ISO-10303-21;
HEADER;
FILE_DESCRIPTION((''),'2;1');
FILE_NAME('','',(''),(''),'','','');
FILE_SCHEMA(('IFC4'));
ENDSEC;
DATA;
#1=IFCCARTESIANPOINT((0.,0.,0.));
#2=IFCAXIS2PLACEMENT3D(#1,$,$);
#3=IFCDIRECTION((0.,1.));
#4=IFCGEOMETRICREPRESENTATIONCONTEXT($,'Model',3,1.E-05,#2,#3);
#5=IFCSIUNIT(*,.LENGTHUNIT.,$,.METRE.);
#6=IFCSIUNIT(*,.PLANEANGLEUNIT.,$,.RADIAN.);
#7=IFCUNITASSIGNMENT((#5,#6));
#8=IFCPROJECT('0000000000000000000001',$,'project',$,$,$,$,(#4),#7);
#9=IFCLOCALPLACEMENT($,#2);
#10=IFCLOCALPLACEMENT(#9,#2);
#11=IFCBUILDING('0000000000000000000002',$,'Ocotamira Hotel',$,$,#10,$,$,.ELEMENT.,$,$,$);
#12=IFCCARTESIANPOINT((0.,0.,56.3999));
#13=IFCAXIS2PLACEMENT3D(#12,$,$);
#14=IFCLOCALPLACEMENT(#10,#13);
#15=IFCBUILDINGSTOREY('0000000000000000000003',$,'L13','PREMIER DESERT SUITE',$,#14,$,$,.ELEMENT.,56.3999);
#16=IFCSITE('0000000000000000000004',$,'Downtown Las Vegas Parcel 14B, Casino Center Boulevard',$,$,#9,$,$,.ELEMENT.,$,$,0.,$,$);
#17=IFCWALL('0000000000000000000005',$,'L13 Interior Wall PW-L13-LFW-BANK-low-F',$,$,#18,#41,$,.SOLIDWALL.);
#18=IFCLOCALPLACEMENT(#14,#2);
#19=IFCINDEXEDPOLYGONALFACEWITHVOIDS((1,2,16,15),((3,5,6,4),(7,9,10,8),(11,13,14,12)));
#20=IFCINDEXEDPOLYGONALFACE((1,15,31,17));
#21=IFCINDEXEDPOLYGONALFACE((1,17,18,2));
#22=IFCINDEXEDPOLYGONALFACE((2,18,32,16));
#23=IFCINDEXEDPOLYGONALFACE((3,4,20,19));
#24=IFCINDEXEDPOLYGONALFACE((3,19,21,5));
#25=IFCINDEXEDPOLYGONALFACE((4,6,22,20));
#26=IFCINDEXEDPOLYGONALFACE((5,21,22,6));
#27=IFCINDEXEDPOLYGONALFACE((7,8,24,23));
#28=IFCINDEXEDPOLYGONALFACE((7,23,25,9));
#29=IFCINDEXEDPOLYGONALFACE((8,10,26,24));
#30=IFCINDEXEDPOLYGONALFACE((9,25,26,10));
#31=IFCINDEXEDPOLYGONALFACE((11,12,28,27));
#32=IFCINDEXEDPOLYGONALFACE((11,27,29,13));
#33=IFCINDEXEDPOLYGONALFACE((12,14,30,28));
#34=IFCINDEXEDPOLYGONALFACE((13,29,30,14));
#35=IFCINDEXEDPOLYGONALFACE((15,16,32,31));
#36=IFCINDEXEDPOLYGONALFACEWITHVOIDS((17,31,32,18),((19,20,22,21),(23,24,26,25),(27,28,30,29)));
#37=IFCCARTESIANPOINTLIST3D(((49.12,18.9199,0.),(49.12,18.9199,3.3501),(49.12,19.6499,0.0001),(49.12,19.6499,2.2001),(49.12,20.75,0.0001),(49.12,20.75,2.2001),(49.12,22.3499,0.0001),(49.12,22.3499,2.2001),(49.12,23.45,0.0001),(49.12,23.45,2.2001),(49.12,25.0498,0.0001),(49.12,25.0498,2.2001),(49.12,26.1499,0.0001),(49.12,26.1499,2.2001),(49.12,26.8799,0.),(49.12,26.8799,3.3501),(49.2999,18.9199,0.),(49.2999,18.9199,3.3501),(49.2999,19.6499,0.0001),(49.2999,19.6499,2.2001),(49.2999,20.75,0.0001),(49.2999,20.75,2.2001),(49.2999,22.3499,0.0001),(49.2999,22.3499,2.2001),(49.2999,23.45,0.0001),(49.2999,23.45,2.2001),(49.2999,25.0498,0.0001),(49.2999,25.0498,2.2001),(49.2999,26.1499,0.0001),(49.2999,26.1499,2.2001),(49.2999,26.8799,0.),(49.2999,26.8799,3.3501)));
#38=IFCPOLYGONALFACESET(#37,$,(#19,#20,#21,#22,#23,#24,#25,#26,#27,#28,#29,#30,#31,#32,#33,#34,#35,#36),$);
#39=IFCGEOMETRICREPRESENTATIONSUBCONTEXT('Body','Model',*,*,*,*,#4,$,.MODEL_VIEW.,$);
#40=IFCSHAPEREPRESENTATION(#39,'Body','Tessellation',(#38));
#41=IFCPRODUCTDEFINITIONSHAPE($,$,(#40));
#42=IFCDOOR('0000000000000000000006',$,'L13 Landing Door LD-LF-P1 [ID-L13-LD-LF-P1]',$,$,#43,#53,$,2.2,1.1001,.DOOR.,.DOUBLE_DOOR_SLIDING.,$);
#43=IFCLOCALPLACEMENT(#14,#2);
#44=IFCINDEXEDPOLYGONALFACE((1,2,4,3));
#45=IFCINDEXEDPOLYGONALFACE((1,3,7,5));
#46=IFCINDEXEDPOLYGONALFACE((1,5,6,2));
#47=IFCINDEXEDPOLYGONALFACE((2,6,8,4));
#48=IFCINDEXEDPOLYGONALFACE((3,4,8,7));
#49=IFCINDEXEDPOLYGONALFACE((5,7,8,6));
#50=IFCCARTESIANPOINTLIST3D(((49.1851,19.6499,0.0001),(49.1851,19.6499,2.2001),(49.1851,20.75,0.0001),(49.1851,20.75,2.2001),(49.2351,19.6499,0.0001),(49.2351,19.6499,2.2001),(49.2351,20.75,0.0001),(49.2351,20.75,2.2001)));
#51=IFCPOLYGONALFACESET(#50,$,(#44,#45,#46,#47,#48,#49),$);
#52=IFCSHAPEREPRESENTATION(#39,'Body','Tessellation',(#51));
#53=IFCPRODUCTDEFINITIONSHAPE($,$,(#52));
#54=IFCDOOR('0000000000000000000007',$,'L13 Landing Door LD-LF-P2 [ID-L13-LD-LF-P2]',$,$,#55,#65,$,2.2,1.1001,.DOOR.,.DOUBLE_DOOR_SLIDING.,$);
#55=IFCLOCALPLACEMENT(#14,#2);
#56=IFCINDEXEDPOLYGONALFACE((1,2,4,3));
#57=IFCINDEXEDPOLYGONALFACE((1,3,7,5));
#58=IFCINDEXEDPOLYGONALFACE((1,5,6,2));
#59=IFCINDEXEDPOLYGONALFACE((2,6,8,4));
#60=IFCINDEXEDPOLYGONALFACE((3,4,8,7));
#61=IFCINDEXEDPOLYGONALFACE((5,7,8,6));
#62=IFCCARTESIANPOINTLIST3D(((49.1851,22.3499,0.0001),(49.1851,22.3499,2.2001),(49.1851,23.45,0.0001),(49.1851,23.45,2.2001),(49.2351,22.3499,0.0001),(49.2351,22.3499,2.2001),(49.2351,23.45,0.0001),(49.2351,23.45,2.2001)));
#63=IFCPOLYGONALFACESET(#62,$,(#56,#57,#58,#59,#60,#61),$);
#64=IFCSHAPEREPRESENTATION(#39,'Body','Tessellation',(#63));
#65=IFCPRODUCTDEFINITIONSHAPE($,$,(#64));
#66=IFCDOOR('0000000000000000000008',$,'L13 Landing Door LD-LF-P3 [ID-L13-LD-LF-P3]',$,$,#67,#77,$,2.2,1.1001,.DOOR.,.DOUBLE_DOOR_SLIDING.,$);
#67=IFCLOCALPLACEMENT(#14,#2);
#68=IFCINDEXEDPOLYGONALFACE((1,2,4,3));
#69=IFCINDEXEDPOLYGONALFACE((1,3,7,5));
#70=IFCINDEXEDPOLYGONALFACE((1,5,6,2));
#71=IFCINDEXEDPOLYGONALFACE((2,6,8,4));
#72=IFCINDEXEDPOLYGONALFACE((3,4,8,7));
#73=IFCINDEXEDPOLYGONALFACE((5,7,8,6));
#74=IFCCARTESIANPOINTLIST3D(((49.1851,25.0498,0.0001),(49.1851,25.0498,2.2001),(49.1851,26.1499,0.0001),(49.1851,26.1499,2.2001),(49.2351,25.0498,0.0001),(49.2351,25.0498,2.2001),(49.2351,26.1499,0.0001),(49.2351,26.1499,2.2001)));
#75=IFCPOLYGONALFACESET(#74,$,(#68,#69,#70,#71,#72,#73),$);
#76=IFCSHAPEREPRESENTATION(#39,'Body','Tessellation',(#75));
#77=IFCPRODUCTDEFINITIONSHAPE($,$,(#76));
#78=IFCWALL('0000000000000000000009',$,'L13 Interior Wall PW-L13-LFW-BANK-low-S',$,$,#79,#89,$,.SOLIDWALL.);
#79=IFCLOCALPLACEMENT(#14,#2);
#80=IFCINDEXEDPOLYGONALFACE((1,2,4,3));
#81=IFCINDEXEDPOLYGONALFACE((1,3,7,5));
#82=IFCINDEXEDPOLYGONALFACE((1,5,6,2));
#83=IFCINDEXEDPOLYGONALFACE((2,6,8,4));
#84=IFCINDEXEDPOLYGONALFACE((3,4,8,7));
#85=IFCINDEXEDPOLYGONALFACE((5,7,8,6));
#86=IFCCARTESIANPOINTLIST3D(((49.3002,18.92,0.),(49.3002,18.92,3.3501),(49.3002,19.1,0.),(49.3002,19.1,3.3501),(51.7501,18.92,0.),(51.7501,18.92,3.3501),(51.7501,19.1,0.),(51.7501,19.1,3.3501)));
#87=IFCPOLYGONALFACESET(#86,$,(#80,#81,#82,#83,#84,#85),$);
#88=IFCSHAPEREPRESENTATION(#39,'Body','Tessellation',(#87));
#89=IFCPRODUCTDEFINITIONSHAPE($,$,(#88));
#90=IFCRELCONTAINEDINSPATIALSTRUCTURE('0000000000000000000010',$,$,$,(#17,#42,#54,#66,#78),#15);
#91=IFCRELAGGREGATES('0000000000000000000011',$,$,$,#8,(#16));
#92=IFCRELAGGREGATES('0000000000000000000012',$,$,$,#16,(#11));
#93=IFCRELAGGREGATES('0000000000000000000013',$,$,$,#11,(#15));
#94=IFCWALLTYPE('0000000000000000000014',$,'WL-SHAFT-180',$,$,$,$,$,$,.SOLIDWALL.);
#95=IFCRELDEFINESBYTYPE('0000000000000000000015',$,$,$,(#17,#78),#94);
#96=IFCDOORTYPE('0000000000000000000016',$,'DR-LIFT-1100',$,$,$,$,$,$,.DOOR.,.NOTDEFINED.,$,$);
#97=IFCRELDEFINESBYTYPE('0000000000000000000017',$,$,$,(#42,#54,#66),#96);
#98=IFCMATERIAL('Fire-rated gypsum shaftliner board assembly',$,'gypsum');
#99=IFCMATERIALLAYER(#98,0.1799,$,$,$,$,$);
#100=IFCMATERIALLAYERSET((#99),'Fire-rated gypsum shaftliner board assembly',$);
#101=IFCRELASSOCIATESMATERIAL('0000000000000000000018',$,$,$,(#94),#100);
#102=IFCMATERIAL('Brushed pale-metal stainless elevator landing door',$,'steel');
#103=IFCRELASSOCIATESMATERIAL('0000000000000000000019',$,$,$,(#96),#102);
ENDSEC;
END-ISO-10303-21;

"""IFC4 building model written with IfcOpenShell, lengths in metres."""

from ifc_helpers import new_model, si_unit, direction, frame, frame_2d, origin, place, context, subcontext, project, spatial, rectangle, extrude, source, transform, mapped, material, layer, layer_set, type_object, element, fill, save


model = new_model("IFC4")

# Units and contexts
model_context = context("Model", 3, precision=1e-05, world=origin(), true_north=direction((0.0, 1.0)))
body_context = subcontext(model_context, "Body", "Model", "MODEL_VIEW")
ifc_project = project(units=[si_unit("LENGTHUNIT", "METRE"), si_unit("PLANEANGLEUNIT", "RADIAN")], contexts=[model_context])

# Site, building, storey
site_placement = place(None, origin())
site = spatial("IfcSite", under=ifc_project, at=site_placement, Name="Downtown Las Vegas Parcel 14B, Casino Center Boulevard", CompositionType="ELEMENT", RefElevation=0.0)
building_placement = place(site_placement, origin())
building = spatial("IfcBuilding", under=site, at=building_placement, Name="Ocotamira Hotel", CompositionType="ELEMENT")
storey_placement = place(building_placement, frame((0.0, 0.0, 56.3999)))
storey = spatial("IfcBuildingStorey", under=building, at=storey_placement, Name="L13", Description="PREMIER DESERT SUITE", CompositionType="ELEMENT", Elevation=56.3999)

# Wall, openings, doors
ifc_material_1 = material(Name="Fire-rated gypsum shaftliner board assembly", Category="gypsum")
ifc_layer_1 = layer(ifc_material_1, 0.1799)
ifc_layer_set_1 = layer_set([ifc_layer_1], Name="Fire-rated gypsum shaftliner board assembly")
wall_type_1 = type_object("IfcWallType", Name="WL-SHAFT-180", PredefinedType="SOLIDWALL", material=ifc_layer_set_1)
wall_1_placement = place(storey_placement, frame((49.21, 18.9199, 0.0), z_axis=(0.0, 0.0, 1.0), x_axis=(0.0, 1.0, 0.0)))
wall_1 = element("IfcWall", 1, at=wall_1_placement, inside=storey, type_object=wall_type_1, Name="L13 Interior Wall PW-L13-LFW-BANK-low-F", PredefinedType="SOLIDWALL", context=body_context, shape_type="SweptSolid", body=[
    extrude(rectangle(XDim=7.96, YDim=0.1799, at=frame_2d((3.98, 0.0))), origin(), (0.0, 0.0, 1.0), 3.3501),
])
opening_1_placement = place(wall_1_placement, frame((0.73, 0.0, 0.0)))
opening_1 = element("IfcOpeningElement", 2, at=opening_1_placement, cuts=wall_1, PredefinedType="OPENING", context=body_context, shape_type="SweptSolid", body=[
    extrude(rectangle(XDim=1.1001, YDim=2.2, at=frame_2d((0.55, 1.1001))), frame((0.0, 0.1001, 0.0), z_axis=(0.0, -1.0, 0.0), x_axis=(1.0, 0.0, 0.0)), (0.0, 0.0, 1.0), 0.2),
])
opening_2_placement = place(wall_1_placement, frame((3.4299, 0.0, 0.0)))
opening_2 = element("IfcOpeningElement", 3, at=opening_2_placement, cuts=wall_1, PredefinedType="OPENING", context=body_context, shape_type="SweptSolid", body=[
    extrude(rectangle(XDim=1.1001, YDim=2.2, at=frame_2d((0.55, 1.1001))), frame((0.0, 0.1001, 0.0), z_axis=(0.0, -1.0, 0.0), x_axis=(1.0, 0.0, 0.0)), (0.0, 0.0, 1.0), 0.2),
])
opening_3_placement = place(wall_1_placement, frame((6.1299, 0.0, 0.0)))
opening_3 = element("IfcOpeningElement", 4, at=opening_3_placement, cuts=wall_1, PredefinedType="OPENING", context=body_context, shape_type="SweptSolid", body=[
    extrude(rectangle(XDim=1.1001, YDim=2.2, at=frame_2d((0.55, 1.1001))), frame((0.0, 0.1001, 0.0), z_axis=(0.0, -1.0, 0.0), x_axis=(1.0, 0.0, 0.0)), (0.0, 0.0, 1.0), 0.2),
])
ifc_material_2 = material(Name="Brushed pale-metal stainless elevator landing door", Category="steel")
door_type = type_object("IfcDoorType", Name="DR-LIFT-1100", OperationType="NOTDEFINED", PredefinedType="DOOR", material=ifc_material_2)
shared_shape_1 = source(origin(), body_context, "Body", "SweptSolid", [
    extrude(rectangle(XDim=1.1001, YDim=2.2, at=frame_2d((0.55, 1.1001))), frame((0.0, 0.0249, 0.0), z_axis=(0.0, -1.0, 0.0), x_axis=(1.0, 0.0, 0.0)), (0.0, 0.0, 1.0), 0.05),
])
door_1_placement = place(opening_1_placement, origin())
door_1 = element("IfcDoor", 5, at=door_1_placement, inside=storey, type_object=door_type, Name="L13 Landing Door LD-LF-P1 [ID-L13-LD-LF-P1]", OperationType="DOUBLE_DOOR_SLIDING", OverallHeight=2.2, OverallWidth=1.1001, PredefinedType="DOOR", context=body_context, shape_type="MappedRepresentation", body=[
    mapped(shared_shape_1, transform((0.0, 0.0, 0.0), scale=1.0)),
])
fill(opening_1, door_1)
door_2_placement = place(opening_2_placement, origin())
door_2 = element("IfcDoor", 6, at=door_2_placement, inside=storey, type_object=door_type, Name="L13 Landing Door LD-LF-P2 [ID-L13-LD-LF-P2]", OperationType="DOUBLE_DOOR_SLIDING", OverallHeight=2.2, OverallWidth=1.1001, PredefinedType="DOOR", context=body_context, shape_type="MappedRepresentation", body=[
    mapped(shared_shape_1, transform((0.0, 0.0, 0.0), scale=1.0)),
])
fill(opening_2, door_2)
door_3_placement = place(opening_3_placement, origin())
door_3 = element("IfcDoor", 7, at=door_3_placement, inside=storey, type_object=door_type, Name="L13 Landing Door LD-LF-P3 [ID-L13-LD-LF-P3]", OperationType="DOUBLE_DOOR_SLIDING", OverallHeight=2.2, OverallWidth=1.1001, PredefinedType="DOOR", context=body_context, shape_type="MappedRepresentation", body=[
    mapped(shared_shape_1, transform((0.0, 0.0, 0.0), scale=1.0)),
])
fill(opening_3, door_3)

# Wall
wall_2_placement = place(storey_placement, frame((49.3, 19.01, 0.0), z_axis=(0.0, 0.0, 1.0), x_axis=(1.0, 0.0, 0.0)))
element("IfcWall", 8, at=wall_2_placement, inside=storey, type_object=wall_type_1, Name="L13 Interior Wall PW-L13-LFW-BANK-low-S", PredefinedType="SOLIDWALL", context=body_context, shape_type="SweptSolid", body=[
    extrude(rectangle(XDim=2.45, YDim=0.1799, at=frame_2d((1.2251, 0.0))), origin(), (0.0, 0.0, 1.0), 3.3501),
])

save(model, "model.ifc")
